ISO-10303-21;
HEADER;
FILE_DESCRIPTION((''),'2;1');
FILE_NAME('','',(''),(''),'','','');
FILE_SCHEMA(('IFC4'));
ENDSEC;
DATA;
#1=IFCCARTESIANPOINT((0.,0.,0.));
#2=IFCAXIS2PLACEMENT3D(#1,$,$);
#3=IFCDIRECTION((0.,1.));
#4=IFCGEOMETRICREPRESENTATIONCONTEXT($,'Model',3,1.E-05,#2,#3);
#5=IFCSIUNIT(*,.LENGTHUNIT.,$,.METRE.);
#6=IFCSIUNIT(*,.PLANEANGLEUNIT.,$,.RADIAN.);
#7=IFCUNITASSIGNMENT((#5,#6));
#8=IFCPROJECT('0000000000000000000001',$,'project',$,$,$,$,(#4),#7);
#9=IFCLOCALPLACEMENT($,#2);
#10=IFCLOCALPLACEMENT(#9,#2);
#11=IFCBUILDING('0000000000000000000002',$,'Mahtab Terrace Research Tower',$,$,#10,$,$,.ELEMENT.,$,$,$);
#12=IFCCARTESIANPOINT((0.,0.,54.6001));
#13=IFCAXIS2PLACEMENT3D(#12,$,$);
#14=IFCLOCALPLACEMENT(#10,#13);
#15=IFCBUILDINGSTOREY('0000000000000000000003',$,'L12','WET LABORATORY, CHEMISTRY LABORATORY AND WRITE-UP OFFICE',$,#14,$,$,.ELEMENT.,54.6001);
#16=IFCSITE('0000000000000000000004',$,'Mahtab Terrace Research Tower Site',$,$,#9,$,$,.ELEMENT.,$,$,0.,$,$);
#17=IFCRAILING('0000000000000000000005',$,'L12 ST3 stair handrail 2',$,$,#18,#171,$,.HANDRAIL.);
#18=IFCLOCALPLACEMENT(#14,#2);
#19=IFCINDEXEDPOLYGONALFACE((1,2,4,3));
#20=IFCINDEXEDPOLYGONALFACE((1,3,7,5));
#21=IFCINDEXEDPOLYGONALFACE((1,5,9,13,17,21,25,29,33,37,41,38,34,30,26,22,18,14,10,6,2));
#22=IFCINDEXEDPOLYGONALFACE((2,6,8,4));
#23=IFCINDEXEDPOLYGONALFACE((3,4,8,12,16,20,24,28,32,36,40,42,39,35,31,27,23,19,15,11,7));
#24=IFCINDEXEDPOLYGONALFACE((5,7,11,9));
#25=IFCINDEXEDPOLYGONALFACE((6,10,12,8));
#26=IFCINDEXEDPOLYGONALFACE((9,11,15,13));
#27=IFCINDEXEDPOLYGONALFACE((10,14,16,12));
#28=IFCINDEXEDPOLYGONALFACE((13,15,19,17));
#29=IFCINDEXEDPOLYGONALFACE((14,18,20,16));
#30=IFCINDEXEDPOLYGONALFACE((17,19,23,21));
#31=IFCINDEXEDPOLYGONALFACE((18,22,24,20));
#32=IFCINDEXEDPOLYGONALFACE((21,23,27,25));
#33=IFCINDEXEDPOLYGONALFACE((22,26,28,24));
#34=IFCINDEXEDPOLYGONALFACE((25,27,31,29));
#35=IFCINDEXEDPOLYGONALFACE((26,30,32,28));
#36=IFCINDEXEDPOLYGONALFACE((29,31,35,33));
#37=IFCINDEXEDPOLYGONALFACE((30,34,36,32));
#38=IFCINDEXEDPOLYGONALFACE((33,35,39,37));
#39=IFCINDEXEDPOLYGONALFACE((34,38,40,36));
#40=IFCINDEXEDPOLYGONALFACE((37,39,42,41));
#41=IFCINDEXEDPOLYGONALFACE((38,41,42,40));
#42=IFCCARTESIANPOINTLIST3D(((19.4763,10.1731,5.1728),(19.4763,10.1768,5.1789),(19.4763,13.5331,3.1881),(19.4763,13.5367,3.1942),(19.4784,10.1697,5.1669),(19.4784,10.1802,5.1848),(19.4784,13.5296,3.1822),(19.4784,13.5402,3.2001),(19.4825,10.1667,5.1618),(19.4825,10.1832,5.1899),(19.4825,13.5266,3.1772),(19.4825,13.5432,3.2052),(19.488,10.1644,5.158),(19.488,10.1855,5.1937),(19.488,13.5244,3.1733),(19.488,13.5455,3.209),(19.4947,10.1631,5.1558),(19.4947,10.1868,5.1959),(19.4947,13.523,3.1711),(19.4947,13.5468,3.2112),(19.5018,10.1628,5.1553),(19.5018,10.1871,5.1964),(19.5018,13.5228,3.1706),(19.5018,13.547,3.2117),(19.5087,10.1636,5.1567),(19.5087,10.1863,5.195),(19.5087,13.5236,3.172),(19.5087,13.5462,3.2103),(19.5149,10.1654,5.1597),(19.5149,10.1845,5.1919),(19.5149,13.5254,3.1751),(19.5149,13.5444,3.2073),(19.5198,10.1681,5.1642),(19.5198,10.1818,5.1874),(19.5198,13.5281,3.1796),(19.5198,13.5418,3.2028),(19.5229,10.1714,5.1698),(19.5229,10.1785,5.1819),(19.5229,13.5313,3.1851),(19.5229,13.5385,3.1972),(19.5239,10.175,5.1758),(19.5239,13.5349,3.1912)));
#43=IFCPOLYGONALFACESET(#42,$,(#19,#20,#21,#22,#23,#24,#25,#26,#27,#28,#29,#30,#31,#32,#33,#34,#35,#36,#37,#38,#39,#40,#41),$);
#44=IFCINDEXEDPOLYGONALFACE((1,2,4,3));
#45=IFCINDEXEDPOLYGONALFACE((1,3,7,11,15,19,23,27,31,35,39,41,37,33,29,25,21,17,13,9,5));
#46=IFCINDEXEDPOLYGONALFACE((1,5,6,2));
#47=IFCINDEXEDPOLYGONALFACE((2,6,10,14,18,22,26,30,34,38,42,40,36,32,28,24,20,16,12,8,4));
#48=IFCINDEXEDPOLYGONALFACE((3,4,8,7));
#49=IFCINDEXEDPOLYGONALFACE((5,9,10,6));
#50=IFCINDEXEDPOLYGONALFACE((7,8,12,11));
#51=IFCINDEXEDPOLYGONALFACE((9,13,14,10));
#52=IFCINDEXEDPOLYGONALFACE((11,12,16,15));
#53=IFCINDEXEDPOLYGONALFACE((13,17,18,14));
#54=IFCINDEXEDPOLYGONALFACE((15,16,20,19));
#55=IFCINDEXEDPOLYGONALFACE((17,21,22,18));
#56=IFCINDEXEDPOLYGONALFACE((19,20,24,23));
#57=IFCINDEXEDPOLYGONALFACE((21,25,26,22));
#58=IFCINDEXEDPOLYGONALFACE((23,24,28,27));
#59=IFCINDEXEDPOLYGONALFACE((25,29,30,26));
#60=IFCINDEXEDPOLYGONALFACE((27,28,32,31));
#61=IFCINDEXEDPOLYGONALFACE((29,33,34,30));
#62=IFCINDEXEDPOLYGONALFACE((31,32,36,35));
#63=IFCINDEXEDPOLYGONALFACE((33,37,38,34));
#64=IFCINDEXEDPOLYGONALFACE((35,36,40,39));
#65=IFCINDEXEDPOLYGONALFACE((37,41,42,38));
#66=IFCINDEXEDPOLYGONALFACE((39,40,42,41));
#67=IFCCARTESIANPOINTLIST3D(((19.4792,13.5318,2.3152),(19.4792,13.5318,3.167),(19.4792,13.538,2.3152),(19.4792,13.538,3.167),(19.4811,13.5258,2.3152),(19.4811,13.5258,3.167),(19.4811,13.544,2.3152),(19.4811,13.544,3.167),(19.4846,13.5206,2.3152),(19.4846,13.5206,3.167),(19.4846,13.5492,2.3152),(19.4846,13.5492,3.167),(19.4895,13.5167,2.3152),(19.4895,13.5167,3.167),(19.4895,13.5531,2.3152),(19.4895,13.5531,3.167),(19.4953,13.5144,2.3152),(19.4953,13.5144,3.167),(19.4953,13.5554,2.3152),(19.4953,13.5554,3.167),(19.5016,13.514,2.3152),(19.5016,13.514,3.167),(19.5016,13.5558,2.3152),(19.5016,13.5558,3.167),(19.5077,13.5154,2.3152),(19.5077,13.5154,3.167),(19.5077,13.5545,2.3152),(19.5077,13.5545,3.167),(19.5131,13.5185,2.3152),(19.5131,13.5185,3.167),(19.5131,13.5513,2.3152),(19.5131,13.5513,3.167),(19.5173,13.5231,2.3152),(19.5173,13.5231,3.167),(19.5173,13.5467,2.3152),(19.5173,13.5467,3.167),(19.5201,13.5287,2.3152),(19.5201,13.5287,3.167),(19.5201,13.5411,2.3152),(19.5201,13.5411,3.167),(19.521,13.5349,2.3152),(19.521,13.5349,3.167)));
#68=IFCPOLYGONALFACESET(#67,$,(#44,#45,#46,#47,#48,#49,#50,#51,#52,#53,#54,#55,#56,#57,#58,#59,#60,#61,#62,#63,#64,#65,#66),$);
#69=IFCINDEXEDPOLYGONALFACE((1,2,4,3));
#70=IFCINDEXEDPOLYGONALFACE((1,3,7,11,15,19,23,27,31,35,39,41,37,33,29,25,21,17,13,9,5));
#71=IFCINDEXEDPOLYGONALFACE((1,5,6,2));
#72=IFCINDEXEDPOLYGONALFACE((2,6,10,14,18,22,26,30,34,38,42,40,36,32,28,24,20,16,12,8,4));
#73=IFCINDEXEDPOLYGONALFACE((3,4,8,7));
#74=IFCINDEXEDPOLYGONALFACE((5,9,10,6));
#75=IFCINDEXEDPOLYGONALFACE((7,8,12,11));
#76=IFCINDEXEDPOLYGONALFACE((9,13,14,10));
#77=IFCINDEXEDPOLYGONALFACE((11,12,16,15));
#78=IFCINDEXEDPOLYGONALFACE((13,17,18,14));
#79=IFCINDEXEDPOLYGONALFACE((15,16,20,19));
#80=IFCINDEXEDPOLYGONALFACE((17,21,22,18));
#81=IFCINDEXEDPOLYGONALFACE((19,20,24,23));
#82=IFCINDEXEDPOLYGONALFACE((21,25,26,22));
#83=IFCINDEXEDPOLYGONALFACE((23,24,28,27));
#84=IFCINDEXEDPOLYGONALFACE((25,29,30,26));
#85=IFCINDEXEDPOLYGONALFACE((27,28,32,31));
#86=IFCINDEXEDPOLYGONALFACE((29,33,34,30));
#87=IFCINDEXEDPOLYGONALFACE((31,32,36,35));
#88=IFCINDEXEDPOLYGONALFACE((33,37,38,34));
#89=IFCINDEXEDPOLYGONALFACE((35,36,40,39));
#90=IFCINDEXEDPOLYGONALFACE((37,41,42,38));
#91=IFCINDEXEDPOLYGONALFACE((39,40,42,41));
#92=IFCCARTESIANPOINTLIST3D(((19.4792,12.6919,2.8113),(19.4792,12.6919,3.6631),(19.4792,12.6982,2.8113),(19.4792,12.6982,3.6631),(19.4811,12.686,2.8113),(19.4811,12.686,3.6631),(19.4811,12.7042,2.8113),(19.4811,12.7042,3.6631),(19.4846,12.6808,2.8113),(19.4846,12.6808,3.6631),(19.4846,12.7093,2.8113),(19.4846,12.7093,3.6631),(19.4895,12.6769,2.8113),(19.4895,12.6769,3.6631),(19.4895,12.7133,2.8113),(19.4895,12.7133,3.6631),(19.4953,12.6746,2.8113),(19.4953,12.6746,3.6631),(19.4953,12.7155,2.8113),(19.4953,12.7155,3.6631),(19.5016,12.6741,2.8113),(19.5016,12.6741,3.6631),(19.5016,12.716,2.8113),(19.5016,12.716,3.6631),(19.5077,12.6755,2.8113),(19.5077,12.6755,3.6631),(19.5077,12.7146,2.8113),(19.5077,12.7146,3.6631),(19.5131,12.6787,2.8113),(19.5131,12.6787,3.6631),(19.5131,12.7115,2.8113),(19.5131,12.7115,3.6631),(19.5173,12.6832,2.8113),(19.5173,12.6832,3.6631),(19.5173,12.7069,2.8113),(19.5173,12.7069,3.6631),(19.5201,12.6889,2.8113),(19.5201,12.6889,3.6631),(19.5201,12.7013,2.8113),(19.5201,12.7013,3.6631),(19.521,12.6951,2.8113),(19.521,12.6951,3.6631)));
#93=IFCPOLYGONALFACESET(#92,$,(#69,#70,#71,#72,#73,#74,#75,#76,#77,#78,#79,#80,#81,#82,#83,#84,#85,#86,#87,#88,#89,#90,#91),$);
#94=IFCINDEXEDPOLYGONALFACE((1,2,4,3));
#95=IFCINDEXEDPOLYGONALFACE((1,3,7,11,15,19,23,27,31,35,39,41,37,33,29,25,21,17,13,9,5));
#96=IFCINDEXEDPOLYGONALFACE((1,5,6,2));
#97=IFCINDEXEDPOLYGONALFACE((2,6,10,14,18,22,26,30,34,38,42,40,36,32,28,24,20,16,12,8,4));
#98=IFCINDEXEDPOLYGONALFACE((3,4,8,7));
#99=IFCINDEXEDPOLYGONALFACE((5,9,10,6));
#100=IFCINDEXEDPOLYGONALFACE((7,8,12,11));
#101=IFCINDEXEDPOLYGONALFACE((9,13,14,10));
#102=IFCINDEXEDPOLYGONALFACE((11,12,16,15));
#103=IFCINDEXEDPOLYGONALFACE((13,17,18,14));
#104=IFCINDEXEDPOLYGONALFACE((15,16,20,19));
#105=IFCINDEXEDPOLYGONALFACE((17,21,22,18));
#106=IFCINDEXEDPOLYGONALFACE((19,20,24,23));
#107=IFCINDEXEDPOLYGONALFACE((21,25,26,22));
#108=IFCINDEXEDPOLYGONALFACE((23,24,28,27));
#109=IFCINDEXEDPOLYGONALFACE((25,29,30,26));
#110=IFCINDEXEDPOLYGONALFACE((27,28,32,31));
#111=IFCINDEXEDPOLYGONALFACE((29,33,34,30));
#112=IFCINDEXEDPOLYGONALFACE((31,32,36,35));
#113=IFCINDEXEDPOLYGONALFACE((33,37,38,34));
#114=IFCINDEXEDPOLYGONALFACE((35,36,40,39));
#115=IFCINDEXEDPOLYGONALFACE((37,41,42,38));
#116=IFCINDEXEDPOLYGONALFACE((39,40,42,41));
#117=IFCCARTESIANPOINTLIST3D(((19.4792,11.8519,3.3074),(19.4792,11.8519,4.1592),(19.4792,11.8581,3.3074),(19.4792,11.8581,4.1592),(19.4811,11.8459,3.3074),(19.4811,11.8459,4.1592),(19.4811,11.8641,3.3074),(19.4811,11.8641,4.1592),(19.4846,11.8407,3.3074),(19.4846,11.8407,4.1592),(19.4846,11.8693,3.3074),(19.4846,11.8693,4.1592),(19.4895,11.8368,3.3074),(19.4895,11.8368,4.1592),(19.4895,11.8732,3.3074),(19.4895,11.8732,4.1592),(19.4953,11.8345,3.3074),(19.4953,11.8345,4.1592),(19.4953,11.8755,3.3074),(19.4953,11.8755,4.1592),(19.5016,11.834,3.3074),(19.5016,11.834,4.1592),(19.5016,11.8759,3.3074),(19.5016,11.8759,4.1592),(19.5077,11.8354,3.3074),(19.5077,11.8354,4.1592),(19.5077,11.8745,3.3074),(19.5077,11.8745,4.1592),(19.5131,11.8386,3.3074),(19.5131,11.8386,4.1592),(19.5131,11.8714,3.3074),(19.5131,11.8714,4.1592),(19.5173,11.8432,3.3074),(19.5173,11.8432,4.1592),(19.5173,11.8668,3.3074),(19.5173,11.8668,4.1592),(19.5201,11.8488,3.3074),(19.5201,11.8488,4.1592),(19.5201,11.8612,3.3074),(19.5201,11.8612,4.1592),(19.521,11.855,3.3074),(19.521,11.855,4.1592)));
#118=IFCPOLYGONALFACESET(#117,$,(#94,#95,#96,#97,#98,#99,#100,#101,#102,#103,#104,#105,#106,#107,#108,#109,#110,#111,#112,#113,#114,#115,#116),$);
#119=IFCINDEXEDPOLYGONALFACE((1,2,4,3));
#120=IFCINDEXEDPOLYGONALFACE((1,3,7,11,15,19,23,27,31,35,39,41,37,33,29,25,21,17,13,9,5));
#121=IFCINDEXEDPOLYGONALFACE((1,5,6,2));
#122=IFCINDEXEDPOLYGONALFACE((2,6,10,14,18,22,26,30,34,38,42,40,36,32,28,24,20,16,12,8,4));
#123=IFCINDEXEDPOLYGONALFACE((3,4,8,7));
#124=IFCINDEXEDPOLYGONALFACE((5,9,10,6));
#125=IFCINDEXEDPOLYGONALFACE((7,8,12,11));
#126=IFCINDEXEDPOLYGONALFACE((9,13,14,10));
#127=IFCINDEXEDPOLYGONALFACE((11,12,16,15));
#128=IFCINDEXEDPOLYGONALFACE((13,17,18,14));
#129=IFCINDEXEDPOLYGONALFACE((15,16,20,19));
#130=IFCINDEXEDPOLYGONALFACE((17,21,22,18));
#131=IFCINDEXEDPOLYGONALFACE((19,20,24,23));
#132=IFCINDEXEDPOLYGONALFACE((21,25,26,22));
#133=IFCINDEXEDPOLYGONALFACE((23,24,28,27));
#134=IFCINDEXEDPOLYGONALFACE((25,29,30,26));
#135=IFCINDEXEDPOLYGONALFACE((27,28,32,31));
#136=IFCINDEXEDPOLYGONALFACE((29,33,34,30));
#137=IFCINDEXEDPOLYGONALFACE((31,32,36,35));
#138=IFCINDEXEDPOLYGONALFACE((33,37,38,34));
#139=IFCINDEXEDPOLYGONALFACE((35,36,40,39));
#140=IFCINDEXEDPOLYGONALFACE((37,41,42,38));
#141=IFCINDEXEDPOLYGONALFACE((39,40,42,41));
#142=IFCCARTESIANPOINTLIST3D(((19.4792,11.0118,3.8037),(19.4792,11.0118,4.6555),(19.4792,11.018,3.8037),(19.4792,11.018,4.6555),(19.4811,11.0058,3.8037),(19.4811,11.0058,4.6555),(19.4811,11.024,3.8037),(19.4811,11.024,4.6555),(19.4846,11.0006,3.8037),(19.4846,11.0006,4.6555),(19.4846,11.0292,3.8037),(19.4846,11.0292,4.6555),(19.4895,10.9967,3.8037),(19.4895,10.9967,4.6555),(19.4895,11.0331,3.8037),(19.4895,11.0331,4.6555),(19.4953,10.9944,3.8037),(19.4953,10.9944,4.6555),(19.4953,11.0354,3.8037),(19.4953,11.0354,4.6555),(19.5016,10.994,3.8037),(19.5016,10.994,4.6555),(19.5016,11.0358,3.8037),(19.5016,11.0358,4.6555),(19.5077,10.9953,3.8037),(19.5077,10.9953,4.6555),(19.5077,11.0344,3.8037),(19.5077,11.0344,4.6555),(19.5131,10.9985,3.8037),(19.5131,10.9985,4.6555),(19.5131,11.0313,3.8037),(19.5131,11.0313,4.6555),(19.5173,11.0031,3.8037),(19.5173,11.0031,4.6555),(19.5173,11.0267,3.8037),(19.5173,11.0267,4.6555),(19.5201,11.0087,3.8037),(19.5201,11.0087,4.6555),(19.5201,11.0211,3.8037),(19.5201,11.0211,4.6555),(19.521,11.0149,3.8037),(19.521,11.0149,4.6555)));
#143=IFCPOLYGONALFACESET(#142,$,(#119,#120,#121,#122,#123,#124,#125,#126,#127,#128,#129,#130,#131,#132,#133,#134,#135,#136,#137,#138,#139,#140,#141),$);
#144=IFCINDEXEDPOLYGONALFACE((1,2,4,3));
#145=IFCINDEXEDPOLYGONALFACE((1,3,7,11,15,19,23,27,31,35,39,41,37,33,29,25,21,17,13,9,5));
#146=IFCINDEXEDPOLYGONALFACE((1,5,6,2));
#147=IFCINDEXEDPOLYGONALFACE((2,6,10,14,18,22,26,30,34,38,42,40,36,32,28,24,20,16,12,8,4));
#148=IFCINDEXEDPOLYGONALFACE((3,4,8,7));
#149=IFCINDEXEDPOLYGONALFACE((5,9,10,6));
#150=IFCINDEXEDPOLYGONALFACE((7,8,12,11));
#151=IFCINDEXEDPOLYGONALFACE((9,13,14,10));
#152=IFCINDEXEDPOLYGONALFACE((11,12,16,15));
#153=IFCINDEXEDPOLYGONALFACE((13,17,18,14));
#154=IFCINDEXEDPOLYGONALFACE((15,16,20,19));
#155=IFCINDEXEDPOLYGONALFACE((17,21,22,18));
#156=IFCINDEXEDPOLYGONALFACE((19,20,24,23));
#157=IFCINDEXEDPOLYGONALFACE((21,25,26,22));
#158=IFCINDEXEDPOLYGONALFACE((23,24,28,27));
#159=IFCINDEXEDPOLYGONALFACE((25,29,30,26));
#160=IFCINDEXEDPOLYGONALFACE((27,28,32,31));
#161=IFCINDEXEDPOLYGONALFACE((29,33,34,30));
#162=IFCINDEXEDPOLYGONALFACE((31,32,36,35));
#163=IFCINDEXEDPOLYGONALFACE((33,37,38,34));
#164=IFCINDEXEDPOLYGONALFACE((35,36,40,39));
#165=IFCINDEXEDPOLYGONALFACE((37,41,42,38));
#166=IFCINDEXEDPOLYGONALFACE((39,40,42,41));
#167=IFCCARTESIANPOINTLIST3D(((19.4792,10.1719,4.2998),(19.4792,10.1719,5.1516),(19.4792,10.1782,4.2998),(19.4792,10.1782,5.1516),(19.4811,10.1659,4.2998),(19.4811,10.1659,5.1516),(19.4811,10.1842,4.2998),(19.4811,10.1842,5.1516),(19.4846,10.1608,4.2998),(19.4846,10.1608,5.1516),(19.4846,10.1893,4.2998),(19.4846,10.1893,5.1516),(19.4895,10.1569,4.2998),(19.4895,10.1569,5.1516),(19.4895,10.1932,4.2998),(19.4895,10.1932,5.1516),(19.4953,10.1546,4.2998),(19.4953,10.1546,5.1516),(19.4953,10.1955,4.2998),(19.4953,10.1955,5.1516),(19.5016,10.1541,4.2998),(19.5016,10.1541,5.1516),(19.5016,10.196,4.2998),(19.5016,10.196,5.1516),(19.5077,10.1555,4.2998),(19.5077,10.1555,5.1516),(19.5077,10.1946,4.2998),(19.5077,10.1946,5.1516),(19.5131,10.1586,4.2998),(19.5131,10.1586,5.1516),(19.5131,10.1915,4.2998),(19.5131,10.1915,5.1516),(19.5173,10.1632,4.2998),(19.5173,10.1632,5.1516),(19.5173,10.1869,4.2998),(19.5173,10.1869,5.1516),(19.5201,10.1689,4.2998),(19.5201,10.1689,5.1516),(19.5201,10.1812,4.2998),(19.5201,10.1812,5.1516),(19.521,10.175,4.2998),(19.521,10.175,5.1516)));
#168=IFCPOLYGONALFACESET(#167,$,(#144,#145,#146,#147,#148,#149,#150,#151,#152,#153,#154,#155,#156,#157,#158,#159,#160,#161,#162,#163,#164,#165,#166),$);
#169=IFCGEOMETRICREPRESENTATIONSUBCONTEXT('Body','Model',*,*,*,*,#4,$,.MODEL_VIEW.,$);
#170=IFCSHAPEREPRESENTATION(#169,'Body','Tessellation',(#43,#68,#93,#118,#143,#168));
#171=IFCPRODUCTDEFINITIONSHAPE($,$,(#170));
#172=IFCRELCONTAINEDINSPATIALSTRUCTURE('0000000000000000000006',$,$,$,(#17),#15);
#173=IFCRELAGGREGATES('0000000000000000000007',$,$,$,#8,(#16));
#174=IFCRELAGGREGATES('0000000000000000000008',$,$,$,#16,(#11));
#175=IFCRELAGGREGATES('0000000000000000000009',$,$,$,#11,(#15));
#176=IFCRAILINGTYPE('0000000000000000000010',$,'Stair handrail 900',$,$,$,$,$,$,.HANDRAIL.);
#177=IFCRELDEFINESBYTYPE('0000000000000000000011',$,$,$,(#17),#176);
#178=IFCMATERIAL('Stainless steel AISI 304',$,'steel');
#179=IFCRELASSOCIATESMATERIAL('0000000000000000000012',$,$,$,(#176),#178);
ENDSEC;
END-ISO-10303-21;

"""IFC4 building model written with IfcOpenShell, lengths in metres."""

from ifc_helpers import new_model, si_unit, direction, frame, origin, origin_2d, place, context, subcontext, project, spatial, circle, extrude, material, type_object, element, save


model = new_model("IFC4")

# Units and contexts
model_context = context("Model", 3, precision=1e-05, world=origin(), true_north=direction((0.0, 1.0)))
body_context = subcontext(model_context, "Body", "Model", "MODEL_VIEW")
ifc_project = project(units=[si_unit("LENGTHUNIT", "METRE"), si_unit("PLANEANGLEUNIT", "RADIAN")], contexts=[model_context])

# Site, building, storey
site_placement = place(None, origin())
site = spatial("IfcSite", under=ifc_project, at=site_placement, Name="Mahtab Terrace Research Tower Site", CompositionType="ELEMENT", RefElevation=0.0)
building_placement = place(site_placement, origin())
building = spatial("IfcBuilding", under=site, at=building_placement, Name="Mahtab Terrace Research Tower", CompositionType="ELEMENT")
storey_placement = place(building_placement, frame((0.0, 0.0, 54.6001)))
storey = spatial("IfcBuildingStorey", under=building, at=storey_placement, Name="L12", Description="WET LABORATORY, CHEMISTRY LABORATORY AND WRITE-UP OFFICE", CompositionType="ELEMENT", Elevation=54.6001)

# Railing
ifc_material_1 = material(Name="Stainless steel AISI 304", Category="steel")
railing_type_1 = type_object("IfcRailingType", Name="Stair handrail 900", PredefinedType="HANDRAIL", material=ifc_material_1)
railing_1_placement = place(storey_placement, frame((19.5, 13.5349, 2.3152)))
element("IfcRailing", 1, at=railing_1_placement, inside=storey, type_object=railing_type_1, Name="L12 ST3 stair handrail 2", PredefinedType="HANDRAIL", context=body_context, shape_type="SweptSolid", body=[
    extrude(circle(Radius=0.0239, at=origin_2d()), frame((0.0, 0.0, 0.876), z_axis=(0.0, -0.861011, 0.508586), x_axis=(1.0, 0.0, 0.0)), (0.0, 0.0, 1.0), 3.9023),
    extrude(circle(Radius=0.021, at=origin_2d()), origin(), (0.0, 0.0, 1.0), 0.8518),
    extrude(circle(Radius=0.021, at=origin_2d()), frame((0.0, -0.8398, 0.4961)), (0.0, 0.0, 1.0), 0.8518),
    extrude(circle(Radius=0.021, at=origin_2d()), frame((0.0, -1.6799, 0.9922)), (0.0, 0.0, 1.0), 0.8518),
    extrude(circle(Radius=0.021, at=origin_2d()), frame((0.0, -2.52, 1.4885)), (0.0, 0.0, 1.0), 0.8518),
    extrude(circle(Radius=0.021, at=origin_2d()), frame((0.0, -3.3599, 1.9846)), (0.0, 0.0, 1.0), 0.8518),
])

save(model, "model.ifc")
